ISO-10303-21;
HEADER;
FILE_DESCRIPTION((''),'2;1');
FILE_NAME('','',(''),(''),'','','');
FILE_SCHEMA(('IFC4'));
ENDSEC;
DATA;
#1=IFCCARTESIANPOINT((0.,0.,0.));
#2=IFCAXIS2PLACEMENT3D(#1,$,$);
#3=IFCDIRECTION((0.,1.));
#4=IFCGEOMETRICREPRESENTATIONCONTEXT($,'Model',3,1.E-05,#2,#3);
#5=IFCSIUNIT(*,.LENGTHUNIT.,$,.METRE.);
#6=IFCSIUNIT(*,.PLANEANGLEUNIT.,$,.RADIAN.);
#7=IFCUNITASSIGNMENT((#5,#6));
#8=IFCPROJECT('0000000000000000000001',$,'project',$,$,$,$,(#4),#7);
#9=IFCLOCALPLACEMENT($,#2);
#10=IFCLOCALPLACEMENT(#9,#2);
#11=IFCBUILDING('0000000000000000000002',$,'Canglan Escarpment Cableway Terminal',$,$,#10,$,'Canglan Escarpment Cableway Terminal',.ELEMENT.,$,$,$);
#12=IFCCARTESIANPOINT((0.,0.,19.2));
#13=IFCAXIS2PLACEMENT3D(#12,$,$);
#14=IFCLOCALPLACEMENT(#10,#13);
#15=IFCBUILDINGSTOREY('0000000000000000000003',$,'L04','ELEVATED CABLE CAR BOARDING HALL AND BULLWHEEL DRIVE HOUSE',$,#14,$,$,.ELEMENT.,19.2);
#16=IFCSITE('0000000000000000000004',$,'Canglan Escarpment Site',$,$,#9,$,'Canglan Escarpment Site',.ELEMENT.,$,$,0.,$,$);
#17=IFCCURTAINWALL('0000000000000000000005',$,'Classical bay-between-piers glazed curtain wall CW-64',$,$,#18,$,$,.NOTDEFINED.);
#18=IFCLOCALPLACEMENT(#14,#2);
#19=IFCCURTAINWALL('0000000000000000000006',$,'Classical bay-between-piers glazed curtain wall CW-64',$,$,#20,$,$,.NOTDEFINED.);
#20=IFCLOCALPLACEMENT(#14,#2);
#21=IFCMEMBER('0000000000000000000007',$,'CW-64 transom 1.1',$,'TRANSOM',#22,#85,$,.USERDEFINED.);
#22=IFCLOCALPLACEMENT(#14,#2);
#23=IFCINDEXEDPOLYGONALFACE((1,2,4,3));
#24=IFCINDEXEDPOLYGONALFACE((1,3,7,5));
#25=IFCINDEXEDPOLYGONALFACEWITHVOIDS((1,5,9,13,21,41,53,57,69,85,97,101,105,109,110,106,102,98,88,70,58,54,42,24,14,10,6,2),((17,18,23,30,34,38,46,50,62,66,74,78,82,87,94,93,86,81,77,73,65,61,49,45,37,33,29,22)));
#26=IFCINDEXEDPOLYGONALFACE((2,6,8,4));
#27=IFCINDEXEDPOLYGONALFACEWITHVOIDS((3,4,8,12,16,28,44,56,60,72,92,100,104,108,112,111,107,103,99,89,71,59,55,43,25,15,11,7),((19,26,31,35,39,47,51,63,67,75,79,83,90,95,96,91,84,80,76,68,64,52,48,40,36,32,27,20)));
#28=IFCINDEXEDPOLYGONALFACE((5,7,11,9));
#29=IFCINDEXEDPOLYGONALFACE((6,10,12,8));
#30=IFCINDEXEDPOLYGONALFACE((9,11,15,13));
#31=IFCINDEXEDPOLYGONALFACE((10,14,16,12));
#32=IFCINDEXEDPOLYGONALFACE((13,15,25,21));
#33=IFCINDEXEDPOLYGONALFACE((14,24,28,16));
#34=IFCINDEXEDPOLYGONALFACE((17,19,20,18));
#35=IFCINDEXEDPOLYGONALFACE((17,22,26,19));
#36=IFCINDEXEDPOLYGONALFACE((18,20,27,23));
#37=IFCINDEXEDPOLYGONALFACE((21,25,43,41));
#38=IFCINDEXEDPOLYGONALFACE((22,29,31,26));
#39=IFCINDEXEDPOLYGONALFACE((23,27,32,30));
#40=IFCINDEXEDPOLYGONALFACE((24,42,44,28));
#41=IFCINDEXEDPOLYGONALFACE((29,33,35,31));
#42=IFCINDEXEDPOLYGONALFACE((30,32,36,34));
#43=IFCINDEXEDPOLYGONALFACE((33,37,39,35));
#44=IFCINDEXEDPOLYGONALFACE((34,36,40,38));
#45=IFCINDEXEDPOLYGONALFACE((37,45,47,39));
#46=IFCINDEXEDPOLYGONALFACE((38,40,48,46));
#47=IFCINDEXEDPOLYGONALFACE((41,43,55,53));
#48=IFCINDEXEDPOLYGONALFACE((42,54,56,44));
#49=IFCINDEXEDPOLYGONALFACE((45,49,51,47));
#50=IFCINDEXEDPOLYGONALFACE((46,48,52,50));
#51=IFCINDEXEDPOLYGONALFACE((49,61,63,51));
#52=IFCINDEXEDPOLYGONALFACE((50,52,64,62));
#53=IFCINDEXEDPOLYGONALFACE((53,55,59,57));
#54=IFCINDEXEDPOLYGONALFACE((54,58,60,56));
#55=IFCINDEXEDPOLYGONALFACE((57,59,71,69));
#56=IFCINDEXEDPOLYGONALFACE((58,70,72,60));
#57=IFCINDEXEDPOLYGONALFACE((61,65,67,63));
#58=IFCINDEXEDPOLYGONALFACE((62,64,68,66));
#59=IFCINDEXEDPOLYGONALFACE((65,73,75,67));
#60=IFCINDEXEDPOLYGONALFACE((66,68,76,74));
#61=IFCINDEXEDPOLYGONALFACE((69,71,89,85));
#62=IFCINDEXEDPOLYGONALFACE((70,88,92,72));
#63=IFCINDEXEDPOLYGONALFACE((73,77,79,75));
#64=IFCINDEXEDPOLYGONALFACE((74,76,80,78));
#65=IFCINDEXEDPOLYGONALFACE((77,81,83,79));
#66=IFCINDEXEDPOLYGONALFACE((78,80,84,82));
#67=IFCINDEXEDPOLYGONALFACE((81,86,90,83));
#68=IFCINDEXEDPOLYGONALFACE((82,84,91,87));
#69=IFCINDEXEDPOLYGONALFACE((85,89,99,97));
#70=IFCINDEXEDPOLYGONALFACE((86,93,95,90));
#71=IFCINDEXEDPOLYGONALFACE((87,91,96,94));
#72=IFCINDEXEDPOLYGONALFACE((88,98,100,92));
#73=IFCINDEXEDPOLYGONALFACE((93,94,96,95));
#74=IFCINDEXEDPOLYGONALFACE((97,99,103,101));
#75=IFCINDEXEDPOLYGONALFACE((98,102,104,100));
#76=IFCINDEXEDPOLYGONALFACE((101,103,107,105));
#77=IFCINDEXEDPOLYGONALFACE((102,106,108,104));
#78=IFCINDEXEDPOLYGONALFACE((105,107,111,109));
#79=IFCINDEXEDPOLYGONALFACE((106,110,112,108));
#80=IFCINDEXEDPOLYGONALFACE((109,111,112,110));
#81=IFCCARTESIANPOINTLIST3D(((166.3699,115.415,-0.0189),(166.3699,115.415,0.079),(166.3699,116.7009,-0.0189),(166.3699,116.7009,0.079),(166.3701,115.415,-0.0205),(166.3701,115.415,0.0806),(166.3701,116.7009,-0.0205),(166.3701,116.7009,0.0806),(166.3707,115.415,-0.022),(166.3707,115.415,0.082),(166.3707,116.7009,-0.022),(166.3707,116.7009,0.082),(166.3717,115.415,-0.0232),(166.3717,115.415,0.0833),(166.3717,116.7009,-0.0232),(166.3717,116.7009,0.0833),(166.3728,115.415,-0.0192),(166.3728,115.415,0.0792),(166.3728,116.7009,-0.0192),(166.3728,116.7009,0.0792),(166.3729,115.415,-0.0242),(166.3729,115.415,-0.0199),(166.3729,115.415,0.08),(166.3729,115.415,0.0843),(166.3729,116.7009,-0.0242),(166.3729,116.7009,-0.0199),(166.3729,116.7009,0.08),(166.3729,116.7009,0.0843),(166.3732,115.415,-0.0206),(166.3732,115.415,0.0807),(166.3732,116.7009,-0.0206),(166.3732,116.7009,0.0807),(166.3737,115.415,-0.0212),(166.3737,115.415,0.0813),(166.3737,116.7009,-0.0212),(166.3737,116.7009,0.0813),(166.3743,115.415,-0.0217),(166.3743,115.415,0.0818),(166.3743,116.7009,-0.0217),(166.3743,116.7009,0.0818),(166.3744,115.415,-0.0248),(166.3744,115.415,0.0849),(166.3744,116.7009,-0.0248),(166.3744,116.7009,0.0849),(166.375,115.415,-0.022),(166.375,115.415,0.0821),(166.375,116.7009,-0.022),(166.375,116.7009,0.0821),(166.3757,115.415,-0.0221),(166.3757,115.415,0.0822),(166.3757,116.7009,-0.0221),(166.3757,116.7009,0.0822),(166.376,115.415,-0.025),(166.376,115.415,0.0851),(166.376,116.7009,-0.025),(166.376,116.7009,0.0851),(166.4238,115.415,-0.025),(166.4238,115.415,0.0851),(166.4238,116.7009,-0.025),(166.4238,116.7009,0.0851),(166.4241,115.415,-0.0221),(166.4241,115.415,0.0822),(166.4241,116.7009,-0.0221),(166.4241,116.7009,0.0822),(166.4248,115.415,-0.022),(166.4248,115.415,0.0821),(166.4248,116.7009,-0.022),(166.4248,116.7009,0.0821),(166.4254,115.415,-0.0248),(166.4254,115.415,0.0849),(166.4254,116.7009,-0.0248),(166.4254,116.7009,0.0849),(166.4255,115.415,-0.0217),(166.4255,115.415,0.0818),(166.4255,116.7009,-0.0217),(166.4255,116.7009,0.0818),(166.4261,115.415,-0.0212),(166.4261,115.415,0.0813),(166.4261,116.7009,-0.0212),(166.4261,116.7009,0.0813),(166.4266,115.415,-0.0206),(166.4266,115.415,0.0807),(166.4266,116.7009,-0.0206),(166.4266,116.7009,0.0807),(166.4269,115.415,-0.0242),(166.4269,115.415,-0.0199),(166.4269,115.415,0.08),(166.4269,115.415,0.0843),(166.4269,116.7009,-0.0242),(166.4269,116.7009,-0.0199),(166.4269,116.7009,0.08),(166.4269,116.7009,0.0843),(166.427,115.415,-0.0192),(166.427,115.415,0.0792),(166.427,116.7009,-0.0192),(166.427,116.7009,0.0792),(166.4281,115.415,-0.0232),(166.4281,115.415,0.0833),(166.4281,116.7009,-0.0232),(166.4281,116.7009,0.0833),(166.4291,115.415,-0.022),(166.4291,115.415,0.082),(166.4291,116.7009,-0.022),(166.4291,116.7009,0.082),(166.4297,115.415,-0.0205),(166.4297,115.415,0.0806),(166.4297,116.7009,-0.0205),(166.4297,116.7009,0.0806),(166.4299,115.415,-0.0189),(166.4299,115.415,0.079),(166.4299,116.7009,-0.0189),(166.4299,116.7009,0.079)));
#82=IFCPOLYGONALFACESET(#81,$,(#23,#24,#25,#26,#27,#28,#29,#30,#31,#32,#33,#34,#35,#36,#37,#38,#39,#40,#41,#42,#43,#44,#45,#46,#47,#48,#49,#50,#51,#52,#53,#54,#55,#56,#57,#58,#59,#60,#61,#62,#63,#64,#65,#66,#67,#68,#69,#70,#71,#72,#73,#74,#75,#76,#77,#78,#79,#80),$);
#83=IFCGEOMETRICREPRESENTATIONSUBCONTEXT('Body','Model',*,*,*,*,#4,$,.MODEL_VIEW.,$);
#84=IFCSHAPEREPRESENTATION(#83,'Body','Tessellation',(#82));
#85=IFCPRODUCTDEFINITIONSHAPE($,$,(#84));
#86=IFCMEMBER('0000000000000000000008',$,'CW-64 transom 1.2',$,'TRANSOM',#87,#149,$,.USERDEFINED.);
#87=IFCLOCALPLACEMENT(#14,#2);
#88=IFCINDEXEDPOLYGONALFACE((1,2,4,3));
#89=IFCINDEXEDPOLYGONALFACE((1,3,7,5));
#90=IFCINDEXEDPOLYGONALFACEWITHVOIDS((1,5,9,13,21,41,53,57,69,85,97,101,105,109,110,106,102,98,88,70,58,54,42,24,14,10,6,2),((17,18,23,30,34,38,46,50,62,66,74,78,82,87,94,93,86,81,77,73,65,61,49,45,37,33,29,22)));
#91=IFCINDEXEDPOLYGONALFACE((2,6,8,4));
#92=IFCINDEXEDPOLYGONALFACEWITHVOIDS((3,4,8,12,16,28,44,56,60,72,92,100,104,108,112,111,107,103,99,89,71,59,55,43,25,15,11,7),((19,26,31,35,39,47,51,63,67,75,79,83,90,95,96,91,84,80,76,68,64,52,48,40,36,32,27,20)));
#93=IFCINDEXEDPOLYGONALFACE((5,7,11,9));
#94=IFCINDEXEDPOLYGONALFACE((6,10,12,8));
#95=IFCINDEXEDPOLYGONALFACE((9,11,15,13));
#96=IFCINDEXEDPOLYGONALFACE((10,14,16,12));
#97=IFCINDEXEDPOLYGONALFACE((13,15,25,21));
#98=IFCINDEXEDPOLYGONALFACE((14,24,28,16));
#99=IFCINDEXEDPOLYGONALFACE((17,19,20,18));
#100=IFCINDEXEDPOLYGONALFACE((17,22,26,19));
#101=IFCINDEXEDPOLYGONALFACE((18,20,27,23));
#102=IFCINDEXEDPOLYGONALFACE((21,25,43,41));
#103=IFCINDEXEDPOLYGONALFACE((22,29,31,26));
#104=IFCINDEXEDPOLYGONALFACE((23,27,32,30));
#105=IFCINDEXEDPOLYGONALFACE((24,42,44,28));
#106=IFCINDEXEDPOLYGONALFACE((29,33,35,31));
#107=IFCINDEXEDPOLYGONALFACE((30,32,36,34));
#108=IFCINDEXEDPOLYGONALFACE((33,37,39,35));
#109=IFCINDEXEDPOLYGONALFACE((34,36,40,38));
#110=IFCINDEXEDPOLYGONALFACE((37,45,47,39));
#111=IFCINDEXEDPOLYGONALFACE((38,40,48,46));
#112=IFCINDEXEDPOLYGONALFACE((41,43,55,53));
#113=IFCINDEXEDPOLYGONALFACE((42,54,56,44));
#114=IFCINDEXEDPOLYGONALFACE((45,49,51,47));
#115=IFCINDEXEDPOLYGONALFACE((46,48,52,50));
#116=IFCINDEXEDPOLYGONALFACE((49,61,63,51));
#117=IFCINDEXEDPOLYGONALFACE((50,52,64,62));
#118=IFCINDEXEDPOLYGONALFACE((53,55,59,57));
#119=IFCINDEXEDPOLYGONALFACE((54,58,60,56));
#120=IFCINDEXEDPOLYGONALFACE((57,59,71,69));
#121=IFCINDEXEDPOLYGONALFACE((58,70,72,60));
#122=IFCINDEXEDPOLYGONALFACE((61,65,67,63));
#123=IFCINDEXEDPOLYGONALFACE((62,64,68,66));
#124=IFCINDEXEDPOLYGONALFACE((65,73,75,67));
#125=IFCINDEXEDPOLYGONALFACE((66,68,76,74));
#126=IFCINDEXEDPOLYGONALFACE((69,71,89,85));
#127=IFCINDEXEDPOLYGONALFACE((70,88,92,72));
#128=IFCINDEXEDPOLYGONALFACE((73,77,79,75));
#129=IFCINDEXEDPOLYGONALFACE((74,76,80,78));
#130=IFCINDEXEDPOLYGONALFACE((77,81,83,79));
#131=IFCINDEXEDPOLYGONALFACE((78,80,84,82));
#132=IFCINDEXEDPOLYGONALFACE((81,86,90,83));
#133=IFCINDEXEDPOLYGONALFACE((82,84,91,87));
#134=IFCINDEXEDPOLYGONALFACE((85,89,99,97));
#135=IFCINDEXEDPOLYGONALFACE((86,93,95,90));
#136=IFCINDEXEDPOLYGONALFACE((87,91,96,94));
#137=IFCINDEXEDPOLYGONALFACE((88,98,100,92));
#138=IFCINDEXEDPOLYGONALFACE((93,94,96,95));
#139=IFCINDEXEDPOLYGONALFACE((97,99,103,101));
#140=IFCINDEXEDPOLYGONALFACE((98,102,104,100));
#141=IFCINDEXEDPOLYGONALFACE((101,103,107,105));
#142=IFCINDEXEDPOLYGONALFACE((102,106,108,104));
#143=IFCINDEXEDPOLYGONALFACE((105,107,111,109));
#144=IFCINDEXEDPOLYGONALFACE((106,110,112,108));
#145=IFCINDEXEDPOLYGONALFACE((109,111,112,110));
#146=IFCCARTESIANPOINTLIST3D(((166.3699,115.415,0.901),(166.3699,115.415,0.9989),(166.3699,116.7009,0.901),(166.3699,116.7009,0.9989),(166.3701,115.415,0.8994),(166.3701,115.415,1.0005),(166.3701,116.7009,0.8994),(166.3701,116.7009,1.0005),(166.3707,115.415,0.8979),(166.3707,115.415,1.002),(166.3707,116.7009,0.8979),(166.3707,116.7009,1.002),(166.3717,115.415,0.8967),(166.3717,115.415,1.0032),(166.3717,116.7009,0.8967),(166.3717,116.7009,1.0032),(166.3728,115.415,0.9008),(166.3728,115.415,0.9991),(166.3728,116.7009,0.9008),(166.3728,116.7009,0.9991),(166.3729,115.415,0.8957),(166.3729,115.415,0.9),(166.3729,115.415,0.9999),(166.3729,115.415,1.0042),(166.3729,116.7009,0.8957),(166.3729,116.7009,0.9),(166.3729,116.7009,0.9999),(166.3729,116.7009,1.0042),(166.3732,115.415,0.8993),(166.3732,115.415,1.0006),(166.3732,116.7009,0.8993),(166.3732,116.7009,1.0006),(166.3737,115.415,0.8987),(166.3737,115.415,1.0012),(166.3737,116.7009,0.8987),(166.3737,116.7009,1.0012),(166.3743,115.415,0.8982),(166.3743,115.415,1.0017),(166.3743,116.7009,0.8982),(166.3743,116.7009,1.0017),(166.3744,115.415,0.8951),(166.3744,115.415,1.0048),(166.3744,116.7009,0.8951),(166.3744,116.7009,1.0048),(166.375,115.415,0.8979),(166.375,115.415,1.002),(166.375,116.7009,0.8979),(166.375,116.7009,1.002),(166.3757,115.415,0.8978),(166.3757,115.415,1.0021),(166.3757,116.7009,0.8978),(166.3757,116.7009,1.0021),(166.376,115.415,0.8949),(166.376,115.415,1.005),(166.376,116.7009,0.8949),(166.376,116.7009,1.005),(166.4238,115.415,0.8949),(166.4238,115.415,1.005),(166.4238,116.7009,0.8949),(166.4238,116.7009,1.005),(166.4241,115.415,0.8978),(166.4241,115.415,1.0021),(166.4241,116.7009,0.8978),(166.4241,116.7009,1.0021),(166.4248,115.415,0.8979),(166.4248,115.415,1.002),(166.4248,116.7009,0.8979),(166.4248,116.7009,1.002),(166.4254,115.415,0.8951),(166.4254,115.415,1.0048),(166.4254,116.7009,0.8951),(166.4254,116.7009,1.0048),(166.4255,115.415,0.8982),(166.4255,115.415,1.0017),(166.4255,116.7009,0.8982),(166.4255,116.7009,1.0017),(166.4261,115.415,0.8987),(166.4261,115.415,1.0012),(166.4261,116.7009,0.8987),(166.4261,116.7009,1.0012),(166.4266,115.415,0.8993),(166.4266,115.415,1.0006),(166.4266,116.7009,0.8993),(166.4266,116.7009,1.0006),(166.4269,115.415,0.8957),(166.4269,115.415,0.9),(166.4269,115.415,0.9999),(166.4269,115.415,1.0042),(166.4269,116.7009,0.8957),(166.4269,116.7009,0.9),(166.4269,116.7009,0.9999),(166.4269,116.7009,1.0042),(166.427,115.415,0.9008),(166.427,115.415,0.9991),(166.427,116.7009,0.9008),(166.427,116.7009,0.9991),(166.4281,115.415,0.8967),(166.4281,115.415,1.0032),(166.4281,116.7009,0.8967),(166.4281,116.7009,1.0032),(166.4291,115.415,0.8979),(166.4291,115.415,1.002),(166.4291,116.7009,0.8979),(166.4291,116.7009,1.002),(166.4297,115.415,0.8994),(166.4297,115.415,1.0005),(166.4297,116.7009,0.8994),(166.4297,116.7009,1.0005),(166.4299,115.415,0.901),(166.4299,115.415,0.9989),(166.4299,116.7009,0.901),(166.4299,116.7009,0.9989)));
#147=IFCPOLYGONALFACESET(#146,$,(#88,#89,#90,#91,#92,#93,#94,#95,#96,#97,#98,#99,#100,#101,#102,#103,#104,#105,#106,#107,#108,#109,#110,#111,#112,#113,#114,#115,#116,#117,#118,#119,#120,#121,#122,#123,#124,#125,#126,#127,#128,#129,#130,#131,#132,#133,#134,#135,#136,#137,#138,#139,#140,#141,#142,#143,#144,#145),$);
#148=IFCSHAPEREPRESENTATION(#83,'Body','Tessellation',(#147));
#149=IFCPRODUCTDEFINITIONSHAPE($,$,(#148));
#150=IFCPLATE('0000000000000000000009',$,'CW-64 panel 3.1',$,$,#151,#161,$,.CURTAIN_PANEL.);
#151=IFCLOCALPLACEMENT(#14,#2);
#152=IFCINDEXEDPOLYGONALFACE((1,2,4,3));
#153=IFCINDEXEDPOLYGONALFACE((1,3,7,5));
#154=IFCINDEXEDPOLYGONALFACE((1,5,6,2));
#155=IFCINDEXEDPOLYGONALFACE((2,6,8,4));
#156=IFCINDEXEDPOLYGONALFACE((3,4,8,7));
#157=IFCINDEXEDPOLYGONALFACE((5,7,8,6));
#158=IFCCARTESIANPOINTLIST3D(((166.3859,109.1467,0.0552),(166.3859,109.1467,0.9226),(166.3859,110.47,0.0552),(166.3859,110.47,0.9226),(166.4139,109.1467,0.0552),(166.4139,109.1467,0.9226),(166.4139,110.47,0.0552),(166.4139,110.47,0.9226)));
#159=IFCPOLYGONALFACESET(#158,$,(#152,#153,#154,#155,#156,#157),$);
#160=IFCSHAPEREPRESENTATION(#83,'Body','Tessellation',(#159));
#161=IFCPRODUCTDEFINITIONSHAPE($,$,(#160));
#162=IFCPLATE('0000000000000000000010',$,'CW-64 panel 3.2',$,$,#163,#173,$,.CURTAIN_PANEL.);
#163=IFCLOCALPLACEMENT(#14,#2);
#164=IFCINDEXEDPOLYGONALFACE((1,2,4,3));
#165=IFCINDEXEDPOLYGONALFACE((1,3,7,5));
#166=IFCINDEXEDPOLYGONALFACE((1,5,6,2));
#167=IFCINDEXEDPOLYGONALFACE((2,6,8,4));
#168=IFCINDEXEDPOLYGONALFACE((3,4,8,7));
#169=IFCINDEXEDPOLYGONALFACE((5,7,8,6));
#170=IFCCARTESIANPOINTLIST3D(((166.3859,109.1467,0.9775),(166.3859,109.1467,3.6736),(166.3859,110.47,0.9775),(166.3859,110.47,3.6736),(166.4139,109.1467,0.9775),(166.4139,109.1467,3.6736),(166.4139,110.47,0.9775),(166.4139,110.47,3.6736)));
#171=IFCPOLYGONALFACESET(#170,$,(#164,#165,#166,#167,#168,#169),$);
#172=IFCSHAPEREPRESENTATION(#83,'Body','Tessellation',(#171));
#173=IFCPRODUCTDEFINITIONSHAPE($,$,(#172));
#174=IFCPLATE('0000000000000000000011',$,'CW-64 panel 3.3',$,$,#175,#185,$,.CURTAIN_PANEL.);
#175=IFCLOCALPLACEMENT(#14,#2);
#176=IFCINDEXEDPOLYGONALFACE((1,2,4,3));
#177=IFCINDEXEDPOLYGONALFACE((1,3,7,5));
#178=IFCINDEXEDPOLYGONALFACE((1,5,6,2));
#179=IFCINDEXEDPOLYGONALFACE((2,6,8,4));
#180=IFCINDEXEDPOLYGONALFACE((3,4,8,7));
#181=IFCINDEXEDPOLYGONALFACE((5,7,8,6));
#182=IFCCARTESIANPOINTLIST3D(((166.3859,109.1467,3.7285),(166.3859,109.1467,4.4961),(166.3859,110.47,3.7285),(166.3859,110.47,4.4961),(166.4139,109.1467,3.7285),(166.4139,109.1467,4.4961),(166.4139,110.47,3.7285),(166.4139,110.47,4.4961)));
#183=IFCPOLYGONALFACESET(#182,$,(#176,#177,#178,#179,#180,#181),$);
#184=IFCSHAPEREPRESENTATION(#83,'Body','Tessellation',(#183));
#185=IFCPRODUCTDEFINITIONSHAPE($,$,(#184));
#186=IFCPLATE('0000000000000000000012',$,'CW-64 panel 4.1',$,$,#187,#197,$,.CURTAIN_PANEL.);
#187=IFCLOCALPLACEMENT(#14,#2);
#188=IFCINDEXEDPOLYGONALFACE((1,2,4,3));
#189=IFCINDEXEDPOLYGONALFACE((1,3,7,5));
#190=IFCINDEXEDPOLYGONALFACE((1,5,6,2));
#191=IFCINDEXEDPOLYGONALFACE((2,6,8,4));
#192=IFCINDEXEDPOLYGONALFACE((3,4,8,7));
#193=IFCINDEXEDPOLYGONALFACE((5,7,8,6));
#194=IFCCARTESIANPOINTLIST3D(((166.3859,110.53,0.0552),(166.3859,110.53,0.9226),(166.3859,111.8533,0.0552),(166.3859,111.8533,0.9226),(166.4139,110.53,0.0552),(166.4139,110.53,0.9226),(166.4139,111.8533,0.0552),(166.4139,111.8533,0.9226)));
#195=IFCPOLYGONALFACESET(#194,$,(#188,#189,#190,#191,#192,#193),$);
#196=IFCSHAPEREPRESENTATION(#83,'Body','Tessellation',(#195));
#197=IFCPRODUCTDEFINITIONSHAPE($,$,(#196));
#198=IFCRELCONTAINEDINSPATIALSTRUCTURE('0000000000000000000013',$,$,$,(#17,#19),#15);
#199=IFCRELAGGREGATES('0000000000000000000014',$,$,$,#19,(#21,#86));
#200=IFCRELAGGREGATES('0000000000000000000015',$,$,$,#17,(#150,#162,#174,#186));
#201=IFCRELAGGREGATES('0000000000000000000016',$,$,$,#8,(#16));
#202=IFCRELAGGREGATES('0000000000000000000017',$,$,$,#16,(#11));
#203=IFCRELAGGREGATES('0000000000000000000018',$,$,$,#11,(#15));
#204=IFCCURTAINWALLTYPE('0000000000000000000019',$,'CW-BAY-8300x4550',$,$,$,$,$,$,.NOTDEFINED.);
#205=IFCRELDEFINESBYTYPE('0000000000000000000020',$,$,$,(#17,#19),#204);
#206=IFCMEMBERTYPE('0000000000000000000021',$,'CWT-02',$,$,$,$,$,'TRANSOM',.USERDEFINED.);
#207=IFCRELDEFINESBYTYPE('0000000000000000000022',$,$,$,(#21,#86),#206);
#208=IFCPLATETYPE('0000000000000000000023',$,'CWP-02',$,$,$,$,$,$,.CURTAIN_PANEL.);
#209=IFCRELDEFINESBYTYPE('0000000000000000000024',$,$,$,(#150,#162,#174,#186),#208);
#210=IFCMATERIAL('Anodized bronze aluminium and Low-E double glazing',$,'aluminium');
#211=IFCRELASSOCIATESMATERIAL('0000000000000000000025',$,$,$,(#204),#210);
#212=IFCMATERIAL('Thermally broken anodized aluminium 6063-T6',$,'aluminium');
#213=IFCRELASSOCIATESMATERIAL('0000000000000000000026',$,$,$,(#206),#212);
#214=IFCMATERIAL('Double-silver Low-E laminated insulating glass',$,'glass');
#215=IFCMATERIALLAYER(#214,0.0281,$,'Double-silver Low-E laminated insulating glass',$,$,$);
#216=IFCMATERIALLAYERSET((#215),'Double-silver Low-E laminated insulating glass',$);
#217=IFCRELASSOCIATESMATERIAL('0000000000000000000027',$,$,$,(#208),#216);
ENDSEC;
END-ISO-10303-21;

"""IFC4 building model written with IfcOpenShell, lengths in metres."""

from ifc_helpers import new_model, si_unit, direction, frame, origin, origin_2d, place, context, subcontext, project, spatial, rectangle, hollow_rectangle, extrude, material, layer, layer_set, material_profile, profile_set, type_object, element, aggregate, save


model = new_model("IFC4")

# Units and contexts
model_context = context("Model", 3, precision=1e-05, world=origin(), true_north=direction((0.0, 1.0)))
body_context = subcontext(model_context, "Body", "Model", "MODEL_VIEW")
ifc_project = project(units=[si_unit("LENGTHUNIT", "METRE"), si_unit("PLANEANGLEUNIT", "RADIAN")], contexts=[model_context])

# Site, building, storey
site_placement = place(None, origin())
site = spatial("IfcSite", under=ifc_project, at=site_placement, Name="Canglan Escarpment Site", LongName="Canglan Escarpment Site", CompositionType="ELEMENT", RefElevation=0.0)
building_placement = place(site_placement, origin())
building = spatial("IfcBuilding", under=site, at=building_placement, Name="Canglan Escarpment Cableway Terminal", LongName="Canglan Escarpment Cableway Terminal", CompositionType="ELEMENT")
storey_placement = place(building_placement, frame((0.0, 0.0, 19.2)))
storey = spatial("IfcBuildingStorey", under=building, at=storey_placement, Name="L04", Description="ELEVATED CABLE CAR BOARDING HALL AND BULLWHEEL DRIVE HOUSE", CompositionType="ELEMENT", Elevation=19.2)

# Curtain wall
ifc_material_1 = material(Name="Anodized bronze aluminium and Low-E double glazing", Category="aluminium")
curtain_wall_type = type_object("IfcCurtainWallType", Name="CW-BAY-8300x4550", PredefinedType="NOTDEFINED", material=ifc_material_1)
curtain_wall_1_placement = place(storey_placement, origin())
curtain_wall_1 = element("IfcCurtainWall", 1, at=curtain_wall_1_placement, inside=storey, type_object=curtain_wall_type, Name="Classical bay-between-piers glazed curtain wall CW-64", PredefinedType="NOTDEFINED")
ifc_material_2 = material(Name="Thermally broken anodized aluminium 6063-T6", Category="aluminium")

# Curtain wall
curtain_wall_2_placement = place(storey_placement, origin())
curtain_wall_2 = element("IfcCurtainWall", 2, at=curtain_wall_2_placement, inside=storey, type_object=curtain_wall_type, Name="Classical bay-between-piers glazed curtain wall CW-64", PredefinedType="NOTDEFINED")

# Members
ifc_material_profile_1 = material_profile(ifc_material_2, hollow_rectangle(XDim=0.0601, YDim=0.1101, WallThickness=0.0029, InnerFilletRadius=0.0029, OuterFilletRadius=0.0061, at=origin_2d()), Name="ALU-TRAN 60x110x3")
ifc_profile_set_1 = profile_set([ifc_material_profile_1], Name="Thermally broken anodized aluminium 6063-T6")
member_type_1 = type_object("IfcMemberType", Name="CWT-02", ElementType="TRANSOM", PredefinedType="USERDEFINED", material=ifc_profile_set_1)
member_1_placement = place(storey_placement, frame((166.3999, 115.415, 0.03), z_axis=(0.0, 1.0, 0.0), x_axis=(-1.0, 0.0, 0.0)))
member_1 = element("IfcMember", 3, at=member_1_placement, type_object=member_type_1, Name="CW-64 transom 1.1", ObjectType="TRANSOM", PredefinedType="USERDEFINED", context=body_context, shape_type="SweptSolid", body=[
    extrude(hollow_rectangle(XDim=0.0601, YDim=0.1101, WallThickness=0.0029, InnerFilletRadius=0.0029, OuterFilletRadius=0.0061, at=origin_2d()), origin(), (0.0, 0.0, 1.0), 1.2859),
])
member_2_placement = place(storey_placement, frame((166.3999, 115.415, 0.95), z_axis=(0.0, 1.0, 0.0), x_axis=(-1.0, 0.0, 0.0)))
member_2 = element("IfcMember", 4, at=member_2_placement, type_object=member_type_1, Name="CW-64 transom 1.2", ObjectType="TRANSOM", PredefinedType="USERDEFINED", context=body_context, shape_type="SweptSolid", body=[
    extrude(hollow_rectangle(XDim=0.0601, YDim=0.1101, WallThickness=0.0029, InnerFilletRadius=0.0029, OuterFilletRadius=0.0061, at=origin_2d()), origin(), (0.0, 0.0, 1.0), 1.2859),
])
aggregate(curtain_wall_2, [member_1, member_2])

# Plates
ifc_material_3 = material(Name="Double-silver Low-E laminated insulating glass", Category="glass")
ifc_layer = layer(ifc_material_3, 0.0281, Name="Double-silver Low-E laminated insulating glass")
ifc_layer_set = layer_set([ifc_layer], Name="Double-silver Low-E laminated insulating glass")
plate_type = type_object("IfcPlateType", Name="CWP-02", PredefinedType="CURTAIN_PANEL", material=ifc_layer_set)
plate_1_placement = place(storey_placement, frame((166.3999, 109.8083, 0.0552), z_axis=(0.0, 0.0, 1.0), x_axis=(0.0, 1.0, 0.0)))
plate_1 = element("IfcPlate", 5, at=plate_1_placement, type_object=plate_type, Name="CW-64 panel 3.1", PredefinedType="CURTAIN_PANEL", context=body_context, shape_type="SweptSolid", body=[
    extrude(rectangle(XDim=1.3232, YDim=0.0281, at=origin_2d()), origin(), (0.0, 0.0, 1.0), 0.8674),
])
plate_2_placement = place(storey_placement, frame((166.3999, 109.8083, 0.9775), z_axis=(0.0, 0.0, 1.0), x_axis=(0.0, 1.0, 0.0)))
plate_2 = element("IfcPlate", 6, at=plate_2_placement, type_object=plate_type, Name="CW-64 panel 3.2", PredefinedType="CURTAIN_PANEL", context=body_context, shape_type="SweptSolid", body=[
    extrude(rectangle(XDim=1.3232, YDim=0.0281, at=origin_2d()), origin(), (0.0, 0.0, 1.0), 2.696),
])
plate_3_placement = place(storey_placement, frame((166.3999, 109.8083, 3.7285), z_axis=(0.0, 0.0, 1.0), x_axis=(0.0, 1.0, 0.0)))
plate_3 = element("IfcPlate", 7, at=plate_3_placement, type_object=plate_type, Name="CW-64 panel 3.3", PredefinedType="CURTAIN_PANEL", context=body_context, shape_type="SweptSolid", body=[
    extrude(rectangle(XDim=1.3232, YDim=0.0281, at=origin_2d()), origin(), (0.0, 0.0, 1.0), 0.7676),
])
plate_4_placement = place(storey_placement, frame((166.3999, 111.1917, 0.0552), z_axis=(0.0, 0.0, 1.0), x_axis=(0.0, 1.0, 0.0)))
plate_4 = element("IfcPlate", 8, at=plate_4_placement, type_object=plate_type, Name="CW-64 panel 4.1", PredefinedType="CURTAIN_PANEL", context=body_context, shape_type="SweptSolid", body=[
    extrude(rectangle(XDim=1.3232, YDim=0.0281, at=origin_2d()), origin(), (0.0, 0.0, 1.0), 0.8674),
])
aggregate(curtain_wall_1, [plate_1, plate_2, plate_3, plate_4])

save(model, "model.ifc")
